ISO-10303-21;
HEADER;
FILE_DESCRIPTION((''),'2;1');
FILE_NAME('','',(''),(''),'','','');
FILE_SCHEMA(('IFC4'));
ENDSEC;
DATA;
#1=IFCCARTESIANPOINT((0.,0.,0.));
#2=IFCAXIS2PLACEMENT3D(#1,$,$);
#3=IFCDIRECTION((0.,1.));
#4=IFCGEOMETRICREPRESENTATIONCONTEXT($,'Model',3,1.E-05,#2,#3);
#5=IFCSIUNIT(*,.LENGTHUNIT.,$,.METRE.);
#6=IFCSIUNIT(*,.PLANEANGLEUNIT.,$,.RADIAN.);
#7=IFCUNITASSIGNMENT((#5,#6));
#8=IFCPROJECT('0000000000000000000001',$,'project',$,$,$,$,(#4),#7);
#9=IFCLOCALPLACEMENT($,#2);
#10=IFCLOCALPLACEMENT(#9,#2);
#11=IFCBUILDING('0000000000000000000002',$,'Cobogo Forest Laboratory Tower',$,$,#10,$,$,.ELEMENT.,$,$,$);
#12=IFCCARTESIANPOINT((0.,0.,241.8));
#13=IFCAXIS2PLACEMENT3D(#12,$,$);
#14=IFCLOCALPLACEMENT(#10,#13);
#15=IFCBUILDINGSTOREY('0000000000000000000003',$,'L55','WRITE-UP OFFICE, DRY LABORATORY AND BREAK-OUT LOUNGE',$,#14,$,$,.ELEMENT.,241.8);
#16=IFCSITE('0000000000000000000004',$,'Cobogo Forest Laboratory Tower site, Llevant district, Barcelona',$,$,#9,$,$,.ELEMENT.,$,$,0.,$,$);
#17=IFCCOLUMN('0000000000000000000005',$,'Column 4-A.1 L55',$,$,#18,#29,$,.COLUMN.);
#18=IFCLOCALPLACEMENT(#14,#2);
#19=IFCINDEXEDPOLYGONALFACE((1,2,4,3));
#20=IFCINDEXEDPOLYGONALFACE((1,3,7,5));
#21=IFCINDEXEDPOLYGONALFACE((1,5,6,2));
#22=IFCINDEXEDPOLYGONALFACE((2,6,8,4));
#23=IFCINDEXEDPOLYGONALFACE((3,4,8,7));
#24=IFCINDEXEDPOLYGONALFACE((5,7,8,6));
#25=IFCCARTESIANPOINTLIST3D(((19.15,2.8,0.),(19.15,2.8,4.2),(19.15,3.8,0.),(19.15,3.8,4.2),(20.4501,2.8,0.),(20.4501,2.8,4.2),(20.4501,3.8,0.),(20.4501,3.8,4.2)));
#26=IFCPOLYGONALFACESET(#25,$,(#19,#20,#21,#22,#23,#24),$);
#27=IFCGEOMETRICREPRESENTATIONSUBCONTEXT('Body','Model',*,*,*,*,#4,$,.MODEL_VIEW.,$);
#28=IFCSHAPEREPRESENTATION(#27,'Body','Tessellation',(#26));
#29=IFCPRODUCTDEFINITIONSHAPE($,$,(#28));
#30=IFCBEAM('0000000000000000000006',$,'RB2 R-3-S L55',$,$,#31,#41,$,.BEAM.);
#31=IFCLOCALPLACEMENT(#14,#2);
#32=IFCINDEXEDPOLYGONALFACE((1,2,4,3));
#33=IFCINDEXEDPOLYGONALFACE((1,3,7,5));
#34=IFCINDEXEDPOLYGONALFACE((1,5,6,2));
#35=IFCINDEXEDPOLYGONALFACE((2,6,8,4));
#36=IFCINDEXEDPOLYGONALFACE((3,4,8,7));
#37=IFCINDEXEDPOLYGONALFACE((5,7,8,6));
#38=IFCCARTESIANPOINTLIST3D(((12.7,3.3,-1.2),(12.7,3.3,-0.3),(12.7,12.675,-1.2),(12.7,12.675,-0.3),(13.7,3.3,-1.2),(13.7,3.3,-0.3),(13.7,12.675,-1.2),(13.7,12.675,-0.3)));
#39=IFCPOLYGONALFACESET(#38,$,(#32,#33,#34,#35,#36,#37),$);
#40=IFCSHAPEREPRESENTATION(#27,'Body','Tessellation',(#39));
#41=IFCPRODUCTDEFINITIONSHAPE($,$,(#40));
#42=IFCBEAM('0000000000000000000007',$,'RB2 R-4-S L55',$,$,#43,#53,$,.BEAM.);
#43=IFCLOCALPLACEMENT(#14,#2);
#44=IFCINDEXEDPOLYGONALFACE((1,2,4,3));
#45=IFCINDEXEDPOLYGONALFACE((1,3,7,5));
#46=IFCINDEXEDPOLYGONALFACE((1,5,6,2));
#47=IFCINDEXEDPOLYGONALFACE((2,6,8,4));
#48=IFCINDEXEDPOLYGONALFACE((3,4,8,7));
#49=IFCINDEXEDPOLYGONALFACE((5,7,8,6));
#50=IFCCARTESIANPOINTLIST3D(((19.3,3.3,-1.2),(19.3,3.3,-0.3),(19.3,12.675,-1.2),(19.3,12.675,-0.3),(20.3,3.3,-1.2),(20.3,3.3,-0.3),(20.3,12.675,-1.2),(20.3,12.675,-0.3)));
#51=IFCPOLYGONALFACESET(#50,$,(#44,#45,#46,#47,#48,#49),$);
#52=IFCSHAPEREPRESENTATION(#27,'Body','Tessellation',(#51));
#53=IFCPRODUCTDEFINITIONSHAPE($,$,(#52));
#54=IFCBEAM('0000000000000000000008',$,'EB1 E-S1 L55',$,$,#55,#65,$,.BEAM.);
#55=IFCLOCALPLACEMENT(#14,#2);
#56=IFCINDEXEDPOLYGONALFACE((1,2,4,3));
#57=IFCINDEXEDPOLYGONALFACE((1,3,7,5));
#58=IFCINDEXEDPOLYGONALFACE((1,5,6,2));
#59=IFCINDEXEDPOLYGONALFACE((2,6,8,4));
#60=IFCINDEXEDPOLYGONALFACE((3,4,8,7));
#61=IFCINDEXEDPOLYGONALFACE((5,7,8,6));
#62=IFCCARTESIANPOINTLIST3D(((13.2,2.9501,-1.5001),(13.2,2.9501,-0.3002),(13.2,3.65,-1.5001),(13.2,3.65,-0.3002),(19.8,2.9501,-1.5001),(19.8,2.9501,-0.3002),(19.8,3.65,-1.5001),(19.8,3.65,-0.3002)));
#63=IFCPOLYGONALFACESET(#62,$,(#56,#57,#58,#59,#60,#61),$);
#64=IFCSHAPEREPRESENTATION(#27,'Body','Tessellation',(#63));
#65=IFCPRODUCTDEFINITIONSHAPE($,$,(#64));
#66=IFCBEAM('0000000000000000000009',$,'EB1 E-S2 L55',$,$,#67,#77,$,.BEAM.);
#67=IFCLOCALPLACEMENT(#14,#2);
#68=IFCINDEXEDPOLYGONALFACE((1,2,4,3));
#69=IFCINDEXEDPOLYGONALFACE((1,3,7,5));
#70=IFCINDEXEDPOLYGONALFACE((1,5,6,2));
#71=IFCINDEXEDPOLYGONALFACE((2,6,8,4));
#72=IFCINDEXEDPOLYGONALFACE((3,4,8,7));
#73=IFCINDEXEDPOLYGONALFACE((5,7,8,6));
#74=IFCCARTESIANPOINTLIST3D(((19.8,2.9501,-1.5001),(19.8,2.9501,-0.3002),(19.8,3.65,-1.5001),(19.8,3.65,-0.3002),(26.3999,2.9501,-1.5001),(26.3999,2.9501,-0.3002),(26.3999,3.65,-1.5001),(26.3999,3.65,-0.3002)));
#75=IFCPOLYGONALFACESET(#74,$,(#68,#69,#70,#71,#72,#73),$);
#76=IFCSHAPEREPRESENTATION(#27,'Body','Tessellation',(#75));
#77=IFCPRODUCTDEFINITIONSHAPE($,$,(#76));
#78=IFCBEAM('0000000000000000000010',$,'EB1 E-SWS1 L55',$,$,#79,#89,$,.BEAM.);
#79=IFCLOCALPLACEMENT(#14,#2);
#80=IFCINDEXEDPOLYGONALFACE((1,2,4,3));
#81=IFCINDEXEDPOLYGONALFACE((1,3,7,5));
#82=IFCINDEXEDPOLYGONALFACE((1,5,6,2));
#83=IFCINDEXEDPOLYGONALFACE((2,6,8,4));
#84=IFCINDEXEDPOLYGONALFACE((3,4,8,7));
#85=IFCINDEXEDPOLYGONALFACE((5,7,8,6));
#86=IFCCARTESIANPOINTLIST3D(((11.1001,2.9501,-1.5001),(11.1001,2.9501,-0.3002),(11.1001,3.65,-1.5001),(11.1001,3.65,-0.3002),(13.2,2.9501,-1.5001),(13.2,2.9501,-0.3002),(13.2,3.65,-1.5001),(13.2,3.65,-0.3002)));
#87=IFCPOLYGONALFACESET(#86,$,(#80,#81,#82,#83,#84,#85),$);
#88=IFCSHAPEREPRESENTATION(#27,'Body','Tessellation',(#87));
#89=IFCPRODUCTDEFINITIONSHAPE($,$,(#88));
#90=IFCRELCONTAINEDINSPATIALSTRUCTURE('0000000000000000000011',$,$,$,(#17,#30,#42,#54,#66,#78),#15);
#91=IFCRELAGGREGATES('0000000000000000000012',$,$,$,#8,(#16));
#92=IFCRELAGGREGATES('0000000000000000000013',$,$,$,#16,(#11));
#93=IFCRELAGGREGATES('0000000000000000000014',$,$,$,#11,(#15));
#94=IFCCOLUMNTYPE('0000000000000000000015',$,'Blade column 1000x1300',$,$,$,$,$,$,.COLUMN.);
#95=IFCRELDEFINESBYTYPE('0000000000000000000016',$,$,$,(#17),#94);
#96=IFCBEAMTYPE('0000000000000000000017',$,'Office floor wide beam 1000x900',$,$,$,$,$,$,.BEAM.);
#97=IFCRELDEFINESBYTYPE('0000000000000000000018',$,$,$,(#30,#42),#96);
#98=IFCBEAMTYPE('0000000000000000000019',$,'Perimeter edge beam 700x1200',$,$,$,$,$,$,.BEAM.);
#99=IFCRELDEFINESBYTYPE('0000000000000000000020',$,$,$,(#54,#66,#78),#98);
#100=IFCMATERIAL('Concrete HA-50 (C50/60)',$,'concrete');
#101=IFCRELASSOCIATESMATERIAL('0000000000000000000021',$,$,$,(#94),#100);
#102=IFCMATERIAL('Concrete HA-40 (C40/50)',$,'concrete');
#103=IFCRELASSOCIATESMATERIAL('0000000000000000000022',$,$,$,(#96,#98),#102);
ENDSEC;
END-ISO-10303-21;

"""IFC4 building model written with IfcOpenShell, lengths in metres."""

from ifc_helpers import new_model, si_unit, direction, frame, origin, origin_2d, place, context, subcontext, project, spatial, rectangle, extrude, material, material_profile, profile_set, type_object, element, save


model = new_model("IFC4")

# Units and contexts
model_context = context("Model", 3, precision=1e-05, world=origin(), true_north=direction((0.0, 1.0)))
body_context = subcontext(model_context, "Body", "Model", "MODEL_VIEW")
ifc_project = project(units=[si_unit("LENGTHUNIT", "METRE"), si_unit("PLANEANGLEUNIT", "RADIAN")], contexts=[model_context])

# Site, building, storey
site_placement = place(None, origin())
site = spatial("IfcSite", under=ifc_project, at=site_placement, Name="Cobogo Forest Laboratory Tower site, Llevant district, Barcelona", CompositionType="ELEMENT", RefElevation=0.0)
building_placement = place(site_placement, origin())
building = spatial("IfcBuilding", under=site, at=building_placement, Name="Cobogo Forest Laboratory Tower", CompositionType="ELEMENT")
storey_placement = place(building_placement, frame((0.0, 0.0, 241.8)))
storey = spatial("IfcBuildingStorey", under=building, at=storey_placement, Name="L55", Description="WRITE-UP OFFICE, DRY LABORATORY AND BREAK-OUT LOUNGE", CompositionType="ELEMENT", Elevation=241.8)

# Column
ifc_material_1 = material(Name="Concrete HA-50 (C50/60)", Category="concrete")
ifc_material_profile_1 = material_profile(ifc_material_1, rectangle(XDim=1.3, YDim=1.0, at=origin_2d()), Name="RC 1000x1300")
ifc_profile_set_1 = profile_set([ifc_material_profile_1], Name="Concrete HA-50 (C50/60)")
column_type = type_object("IfcColumnType", Name="Blade column 1000x1300", PredefinedType="COLUMN", material=ifc_profile_set_1)
column_placement = place(storey_placement, frame((19.8, 3.3, 0.0), z_axis=(0.0, 0.0, 1.0), x_axis=(1.0, 0.0, 0.0)))
element("IfcColumn", 1, at=column_placement, inside=storey, type_object=column_type, Name="Column 4-A.1 L55", PredefinedType="COLUMN", context=body_context, shape_type="SweptSolid", body=[
    extrude(rectangle(XDim=1.3, YDim=1.0, at=origin_2d()), origin(), (0.0, 0.0, 1.0), 4.2),
])

# Beams
ifc_material_2 = material(Name="Concrete HA-40 (C40/50)", Category="concrete")
ifc_material_profile_2 = material_profile(ifc_material_2, rectangle(XDim=1.0, YDim=0.8999, at=origin_2d()), Name="RC 1000x900")
ifc_profile_set_2 = profile_set([ifc_material_profile_2], Name="Concrete HA-40 (C40/50)")
beam_type_1 = type_object("IfcBeamType", Name="Office floor wide beam 1000x900", PredefinedType="BEAM", material=ifc_profile_set_2)
for number, where, z_axis, x_axis, name in (
    (2, (13.2, 12.675, -0.75), (0.0, -1.0, 0.0), (1.0, 0.0, 0.0), "RB2 R-3-S L55"),
    (3, (19.8, 12.675, -0.75), (0.0, -1.0, 0.0), (1.0, 0.0, 0.0), "RB2 R-4-S L55"),
):
    element("IfcBeam", number, at=place(storey_placement, frame(where, z_axis=z_axis, x_axis=x_axis)), inside=storey, type_object=beam_type_1, Name=name, PredefinedType="BEAM", context=body_context, shape_type="SweptSolid", body=[
        extrude(rectangle(XDim=1.0, YDim=0.8999, at=origin_2d()), origin(), (0.0, 0.0, 1.0), 9.375),
    ])
ifc_material_profile_3 = material_profile(ifc_material_2, rectangle(XDim=0.7, YDim=1.2, at=origin_2d()), Name="RC 700x1200")
ifc_profile_set_3 = profile_set([ifc_material_profile_3], Name="Concrete HA-40 (C40/50)")
beam_type_2 = type_object("IfcBeamType", Name="Perimeter edge beam 700x1200", PredefinedType="BEAM", material=ifc_profile_set_3)
beam_1_placement = place(storey_placement, frame((13.2, 3.3, -0.9001), z_axis=(1.0, 0.0, 0.0), x_axis=(0.0, 1.0, 0.0)))
element("IfcBeam", 4, at=beam_1_placement, inside=storey, type_object=beam_type_2, Name="EB1 E-S1 L55", PredefinedType="BEAM", context=body_context, shape_type="SweptSolid", body=[
    extrude(rectangle(XDim=0.7, YDim=1.2, at=origin_2d()), origin(), (0.0, 0.0, 1.0), 6.6001),
])
beam_2_placement = place(storey_placement, frame((19.8, 3.3, -0.9001), z_axis=(1.0, 0.0, 0.0), x_axis=(0.0, 1.0, 0.0)))
element("IfcBeam", 5, at=beam_2_placement, inside=storey, type_object=beam_type_2, Name="EB1 E-S2 L55", PredefinedType="BEAM", context=body_context, shape_type="SweptSolid", body=[
    extrude(rectangle(XDim=0.7, YDim=1.2, at=origin_2d()), origin(), (0.0, 0.0, 1.0), 6.5999),
])
beam_3_placement = place(storey_placement, frame((13.2, 3.3, -0.9001), z_axis=(-1.0, 0.0, 0.0), x_axis=(0.0, -1.0, 0.0)))
element("IfcBeam", 6, at=beam_3_placement, inside=storey, type_object=beam_type_2, Name="EB1 E-SWS1 L55", PredefinedType="BEAM", context=body_context, shape_type="SweptSolid", body=[
    extrude(rectangle(XDim=0.7, YDim=1.2, at=origin_2d()), origin(), (0.0, 0.0, 1.0), 2.0999),
])

save(model, "model.ifc")
